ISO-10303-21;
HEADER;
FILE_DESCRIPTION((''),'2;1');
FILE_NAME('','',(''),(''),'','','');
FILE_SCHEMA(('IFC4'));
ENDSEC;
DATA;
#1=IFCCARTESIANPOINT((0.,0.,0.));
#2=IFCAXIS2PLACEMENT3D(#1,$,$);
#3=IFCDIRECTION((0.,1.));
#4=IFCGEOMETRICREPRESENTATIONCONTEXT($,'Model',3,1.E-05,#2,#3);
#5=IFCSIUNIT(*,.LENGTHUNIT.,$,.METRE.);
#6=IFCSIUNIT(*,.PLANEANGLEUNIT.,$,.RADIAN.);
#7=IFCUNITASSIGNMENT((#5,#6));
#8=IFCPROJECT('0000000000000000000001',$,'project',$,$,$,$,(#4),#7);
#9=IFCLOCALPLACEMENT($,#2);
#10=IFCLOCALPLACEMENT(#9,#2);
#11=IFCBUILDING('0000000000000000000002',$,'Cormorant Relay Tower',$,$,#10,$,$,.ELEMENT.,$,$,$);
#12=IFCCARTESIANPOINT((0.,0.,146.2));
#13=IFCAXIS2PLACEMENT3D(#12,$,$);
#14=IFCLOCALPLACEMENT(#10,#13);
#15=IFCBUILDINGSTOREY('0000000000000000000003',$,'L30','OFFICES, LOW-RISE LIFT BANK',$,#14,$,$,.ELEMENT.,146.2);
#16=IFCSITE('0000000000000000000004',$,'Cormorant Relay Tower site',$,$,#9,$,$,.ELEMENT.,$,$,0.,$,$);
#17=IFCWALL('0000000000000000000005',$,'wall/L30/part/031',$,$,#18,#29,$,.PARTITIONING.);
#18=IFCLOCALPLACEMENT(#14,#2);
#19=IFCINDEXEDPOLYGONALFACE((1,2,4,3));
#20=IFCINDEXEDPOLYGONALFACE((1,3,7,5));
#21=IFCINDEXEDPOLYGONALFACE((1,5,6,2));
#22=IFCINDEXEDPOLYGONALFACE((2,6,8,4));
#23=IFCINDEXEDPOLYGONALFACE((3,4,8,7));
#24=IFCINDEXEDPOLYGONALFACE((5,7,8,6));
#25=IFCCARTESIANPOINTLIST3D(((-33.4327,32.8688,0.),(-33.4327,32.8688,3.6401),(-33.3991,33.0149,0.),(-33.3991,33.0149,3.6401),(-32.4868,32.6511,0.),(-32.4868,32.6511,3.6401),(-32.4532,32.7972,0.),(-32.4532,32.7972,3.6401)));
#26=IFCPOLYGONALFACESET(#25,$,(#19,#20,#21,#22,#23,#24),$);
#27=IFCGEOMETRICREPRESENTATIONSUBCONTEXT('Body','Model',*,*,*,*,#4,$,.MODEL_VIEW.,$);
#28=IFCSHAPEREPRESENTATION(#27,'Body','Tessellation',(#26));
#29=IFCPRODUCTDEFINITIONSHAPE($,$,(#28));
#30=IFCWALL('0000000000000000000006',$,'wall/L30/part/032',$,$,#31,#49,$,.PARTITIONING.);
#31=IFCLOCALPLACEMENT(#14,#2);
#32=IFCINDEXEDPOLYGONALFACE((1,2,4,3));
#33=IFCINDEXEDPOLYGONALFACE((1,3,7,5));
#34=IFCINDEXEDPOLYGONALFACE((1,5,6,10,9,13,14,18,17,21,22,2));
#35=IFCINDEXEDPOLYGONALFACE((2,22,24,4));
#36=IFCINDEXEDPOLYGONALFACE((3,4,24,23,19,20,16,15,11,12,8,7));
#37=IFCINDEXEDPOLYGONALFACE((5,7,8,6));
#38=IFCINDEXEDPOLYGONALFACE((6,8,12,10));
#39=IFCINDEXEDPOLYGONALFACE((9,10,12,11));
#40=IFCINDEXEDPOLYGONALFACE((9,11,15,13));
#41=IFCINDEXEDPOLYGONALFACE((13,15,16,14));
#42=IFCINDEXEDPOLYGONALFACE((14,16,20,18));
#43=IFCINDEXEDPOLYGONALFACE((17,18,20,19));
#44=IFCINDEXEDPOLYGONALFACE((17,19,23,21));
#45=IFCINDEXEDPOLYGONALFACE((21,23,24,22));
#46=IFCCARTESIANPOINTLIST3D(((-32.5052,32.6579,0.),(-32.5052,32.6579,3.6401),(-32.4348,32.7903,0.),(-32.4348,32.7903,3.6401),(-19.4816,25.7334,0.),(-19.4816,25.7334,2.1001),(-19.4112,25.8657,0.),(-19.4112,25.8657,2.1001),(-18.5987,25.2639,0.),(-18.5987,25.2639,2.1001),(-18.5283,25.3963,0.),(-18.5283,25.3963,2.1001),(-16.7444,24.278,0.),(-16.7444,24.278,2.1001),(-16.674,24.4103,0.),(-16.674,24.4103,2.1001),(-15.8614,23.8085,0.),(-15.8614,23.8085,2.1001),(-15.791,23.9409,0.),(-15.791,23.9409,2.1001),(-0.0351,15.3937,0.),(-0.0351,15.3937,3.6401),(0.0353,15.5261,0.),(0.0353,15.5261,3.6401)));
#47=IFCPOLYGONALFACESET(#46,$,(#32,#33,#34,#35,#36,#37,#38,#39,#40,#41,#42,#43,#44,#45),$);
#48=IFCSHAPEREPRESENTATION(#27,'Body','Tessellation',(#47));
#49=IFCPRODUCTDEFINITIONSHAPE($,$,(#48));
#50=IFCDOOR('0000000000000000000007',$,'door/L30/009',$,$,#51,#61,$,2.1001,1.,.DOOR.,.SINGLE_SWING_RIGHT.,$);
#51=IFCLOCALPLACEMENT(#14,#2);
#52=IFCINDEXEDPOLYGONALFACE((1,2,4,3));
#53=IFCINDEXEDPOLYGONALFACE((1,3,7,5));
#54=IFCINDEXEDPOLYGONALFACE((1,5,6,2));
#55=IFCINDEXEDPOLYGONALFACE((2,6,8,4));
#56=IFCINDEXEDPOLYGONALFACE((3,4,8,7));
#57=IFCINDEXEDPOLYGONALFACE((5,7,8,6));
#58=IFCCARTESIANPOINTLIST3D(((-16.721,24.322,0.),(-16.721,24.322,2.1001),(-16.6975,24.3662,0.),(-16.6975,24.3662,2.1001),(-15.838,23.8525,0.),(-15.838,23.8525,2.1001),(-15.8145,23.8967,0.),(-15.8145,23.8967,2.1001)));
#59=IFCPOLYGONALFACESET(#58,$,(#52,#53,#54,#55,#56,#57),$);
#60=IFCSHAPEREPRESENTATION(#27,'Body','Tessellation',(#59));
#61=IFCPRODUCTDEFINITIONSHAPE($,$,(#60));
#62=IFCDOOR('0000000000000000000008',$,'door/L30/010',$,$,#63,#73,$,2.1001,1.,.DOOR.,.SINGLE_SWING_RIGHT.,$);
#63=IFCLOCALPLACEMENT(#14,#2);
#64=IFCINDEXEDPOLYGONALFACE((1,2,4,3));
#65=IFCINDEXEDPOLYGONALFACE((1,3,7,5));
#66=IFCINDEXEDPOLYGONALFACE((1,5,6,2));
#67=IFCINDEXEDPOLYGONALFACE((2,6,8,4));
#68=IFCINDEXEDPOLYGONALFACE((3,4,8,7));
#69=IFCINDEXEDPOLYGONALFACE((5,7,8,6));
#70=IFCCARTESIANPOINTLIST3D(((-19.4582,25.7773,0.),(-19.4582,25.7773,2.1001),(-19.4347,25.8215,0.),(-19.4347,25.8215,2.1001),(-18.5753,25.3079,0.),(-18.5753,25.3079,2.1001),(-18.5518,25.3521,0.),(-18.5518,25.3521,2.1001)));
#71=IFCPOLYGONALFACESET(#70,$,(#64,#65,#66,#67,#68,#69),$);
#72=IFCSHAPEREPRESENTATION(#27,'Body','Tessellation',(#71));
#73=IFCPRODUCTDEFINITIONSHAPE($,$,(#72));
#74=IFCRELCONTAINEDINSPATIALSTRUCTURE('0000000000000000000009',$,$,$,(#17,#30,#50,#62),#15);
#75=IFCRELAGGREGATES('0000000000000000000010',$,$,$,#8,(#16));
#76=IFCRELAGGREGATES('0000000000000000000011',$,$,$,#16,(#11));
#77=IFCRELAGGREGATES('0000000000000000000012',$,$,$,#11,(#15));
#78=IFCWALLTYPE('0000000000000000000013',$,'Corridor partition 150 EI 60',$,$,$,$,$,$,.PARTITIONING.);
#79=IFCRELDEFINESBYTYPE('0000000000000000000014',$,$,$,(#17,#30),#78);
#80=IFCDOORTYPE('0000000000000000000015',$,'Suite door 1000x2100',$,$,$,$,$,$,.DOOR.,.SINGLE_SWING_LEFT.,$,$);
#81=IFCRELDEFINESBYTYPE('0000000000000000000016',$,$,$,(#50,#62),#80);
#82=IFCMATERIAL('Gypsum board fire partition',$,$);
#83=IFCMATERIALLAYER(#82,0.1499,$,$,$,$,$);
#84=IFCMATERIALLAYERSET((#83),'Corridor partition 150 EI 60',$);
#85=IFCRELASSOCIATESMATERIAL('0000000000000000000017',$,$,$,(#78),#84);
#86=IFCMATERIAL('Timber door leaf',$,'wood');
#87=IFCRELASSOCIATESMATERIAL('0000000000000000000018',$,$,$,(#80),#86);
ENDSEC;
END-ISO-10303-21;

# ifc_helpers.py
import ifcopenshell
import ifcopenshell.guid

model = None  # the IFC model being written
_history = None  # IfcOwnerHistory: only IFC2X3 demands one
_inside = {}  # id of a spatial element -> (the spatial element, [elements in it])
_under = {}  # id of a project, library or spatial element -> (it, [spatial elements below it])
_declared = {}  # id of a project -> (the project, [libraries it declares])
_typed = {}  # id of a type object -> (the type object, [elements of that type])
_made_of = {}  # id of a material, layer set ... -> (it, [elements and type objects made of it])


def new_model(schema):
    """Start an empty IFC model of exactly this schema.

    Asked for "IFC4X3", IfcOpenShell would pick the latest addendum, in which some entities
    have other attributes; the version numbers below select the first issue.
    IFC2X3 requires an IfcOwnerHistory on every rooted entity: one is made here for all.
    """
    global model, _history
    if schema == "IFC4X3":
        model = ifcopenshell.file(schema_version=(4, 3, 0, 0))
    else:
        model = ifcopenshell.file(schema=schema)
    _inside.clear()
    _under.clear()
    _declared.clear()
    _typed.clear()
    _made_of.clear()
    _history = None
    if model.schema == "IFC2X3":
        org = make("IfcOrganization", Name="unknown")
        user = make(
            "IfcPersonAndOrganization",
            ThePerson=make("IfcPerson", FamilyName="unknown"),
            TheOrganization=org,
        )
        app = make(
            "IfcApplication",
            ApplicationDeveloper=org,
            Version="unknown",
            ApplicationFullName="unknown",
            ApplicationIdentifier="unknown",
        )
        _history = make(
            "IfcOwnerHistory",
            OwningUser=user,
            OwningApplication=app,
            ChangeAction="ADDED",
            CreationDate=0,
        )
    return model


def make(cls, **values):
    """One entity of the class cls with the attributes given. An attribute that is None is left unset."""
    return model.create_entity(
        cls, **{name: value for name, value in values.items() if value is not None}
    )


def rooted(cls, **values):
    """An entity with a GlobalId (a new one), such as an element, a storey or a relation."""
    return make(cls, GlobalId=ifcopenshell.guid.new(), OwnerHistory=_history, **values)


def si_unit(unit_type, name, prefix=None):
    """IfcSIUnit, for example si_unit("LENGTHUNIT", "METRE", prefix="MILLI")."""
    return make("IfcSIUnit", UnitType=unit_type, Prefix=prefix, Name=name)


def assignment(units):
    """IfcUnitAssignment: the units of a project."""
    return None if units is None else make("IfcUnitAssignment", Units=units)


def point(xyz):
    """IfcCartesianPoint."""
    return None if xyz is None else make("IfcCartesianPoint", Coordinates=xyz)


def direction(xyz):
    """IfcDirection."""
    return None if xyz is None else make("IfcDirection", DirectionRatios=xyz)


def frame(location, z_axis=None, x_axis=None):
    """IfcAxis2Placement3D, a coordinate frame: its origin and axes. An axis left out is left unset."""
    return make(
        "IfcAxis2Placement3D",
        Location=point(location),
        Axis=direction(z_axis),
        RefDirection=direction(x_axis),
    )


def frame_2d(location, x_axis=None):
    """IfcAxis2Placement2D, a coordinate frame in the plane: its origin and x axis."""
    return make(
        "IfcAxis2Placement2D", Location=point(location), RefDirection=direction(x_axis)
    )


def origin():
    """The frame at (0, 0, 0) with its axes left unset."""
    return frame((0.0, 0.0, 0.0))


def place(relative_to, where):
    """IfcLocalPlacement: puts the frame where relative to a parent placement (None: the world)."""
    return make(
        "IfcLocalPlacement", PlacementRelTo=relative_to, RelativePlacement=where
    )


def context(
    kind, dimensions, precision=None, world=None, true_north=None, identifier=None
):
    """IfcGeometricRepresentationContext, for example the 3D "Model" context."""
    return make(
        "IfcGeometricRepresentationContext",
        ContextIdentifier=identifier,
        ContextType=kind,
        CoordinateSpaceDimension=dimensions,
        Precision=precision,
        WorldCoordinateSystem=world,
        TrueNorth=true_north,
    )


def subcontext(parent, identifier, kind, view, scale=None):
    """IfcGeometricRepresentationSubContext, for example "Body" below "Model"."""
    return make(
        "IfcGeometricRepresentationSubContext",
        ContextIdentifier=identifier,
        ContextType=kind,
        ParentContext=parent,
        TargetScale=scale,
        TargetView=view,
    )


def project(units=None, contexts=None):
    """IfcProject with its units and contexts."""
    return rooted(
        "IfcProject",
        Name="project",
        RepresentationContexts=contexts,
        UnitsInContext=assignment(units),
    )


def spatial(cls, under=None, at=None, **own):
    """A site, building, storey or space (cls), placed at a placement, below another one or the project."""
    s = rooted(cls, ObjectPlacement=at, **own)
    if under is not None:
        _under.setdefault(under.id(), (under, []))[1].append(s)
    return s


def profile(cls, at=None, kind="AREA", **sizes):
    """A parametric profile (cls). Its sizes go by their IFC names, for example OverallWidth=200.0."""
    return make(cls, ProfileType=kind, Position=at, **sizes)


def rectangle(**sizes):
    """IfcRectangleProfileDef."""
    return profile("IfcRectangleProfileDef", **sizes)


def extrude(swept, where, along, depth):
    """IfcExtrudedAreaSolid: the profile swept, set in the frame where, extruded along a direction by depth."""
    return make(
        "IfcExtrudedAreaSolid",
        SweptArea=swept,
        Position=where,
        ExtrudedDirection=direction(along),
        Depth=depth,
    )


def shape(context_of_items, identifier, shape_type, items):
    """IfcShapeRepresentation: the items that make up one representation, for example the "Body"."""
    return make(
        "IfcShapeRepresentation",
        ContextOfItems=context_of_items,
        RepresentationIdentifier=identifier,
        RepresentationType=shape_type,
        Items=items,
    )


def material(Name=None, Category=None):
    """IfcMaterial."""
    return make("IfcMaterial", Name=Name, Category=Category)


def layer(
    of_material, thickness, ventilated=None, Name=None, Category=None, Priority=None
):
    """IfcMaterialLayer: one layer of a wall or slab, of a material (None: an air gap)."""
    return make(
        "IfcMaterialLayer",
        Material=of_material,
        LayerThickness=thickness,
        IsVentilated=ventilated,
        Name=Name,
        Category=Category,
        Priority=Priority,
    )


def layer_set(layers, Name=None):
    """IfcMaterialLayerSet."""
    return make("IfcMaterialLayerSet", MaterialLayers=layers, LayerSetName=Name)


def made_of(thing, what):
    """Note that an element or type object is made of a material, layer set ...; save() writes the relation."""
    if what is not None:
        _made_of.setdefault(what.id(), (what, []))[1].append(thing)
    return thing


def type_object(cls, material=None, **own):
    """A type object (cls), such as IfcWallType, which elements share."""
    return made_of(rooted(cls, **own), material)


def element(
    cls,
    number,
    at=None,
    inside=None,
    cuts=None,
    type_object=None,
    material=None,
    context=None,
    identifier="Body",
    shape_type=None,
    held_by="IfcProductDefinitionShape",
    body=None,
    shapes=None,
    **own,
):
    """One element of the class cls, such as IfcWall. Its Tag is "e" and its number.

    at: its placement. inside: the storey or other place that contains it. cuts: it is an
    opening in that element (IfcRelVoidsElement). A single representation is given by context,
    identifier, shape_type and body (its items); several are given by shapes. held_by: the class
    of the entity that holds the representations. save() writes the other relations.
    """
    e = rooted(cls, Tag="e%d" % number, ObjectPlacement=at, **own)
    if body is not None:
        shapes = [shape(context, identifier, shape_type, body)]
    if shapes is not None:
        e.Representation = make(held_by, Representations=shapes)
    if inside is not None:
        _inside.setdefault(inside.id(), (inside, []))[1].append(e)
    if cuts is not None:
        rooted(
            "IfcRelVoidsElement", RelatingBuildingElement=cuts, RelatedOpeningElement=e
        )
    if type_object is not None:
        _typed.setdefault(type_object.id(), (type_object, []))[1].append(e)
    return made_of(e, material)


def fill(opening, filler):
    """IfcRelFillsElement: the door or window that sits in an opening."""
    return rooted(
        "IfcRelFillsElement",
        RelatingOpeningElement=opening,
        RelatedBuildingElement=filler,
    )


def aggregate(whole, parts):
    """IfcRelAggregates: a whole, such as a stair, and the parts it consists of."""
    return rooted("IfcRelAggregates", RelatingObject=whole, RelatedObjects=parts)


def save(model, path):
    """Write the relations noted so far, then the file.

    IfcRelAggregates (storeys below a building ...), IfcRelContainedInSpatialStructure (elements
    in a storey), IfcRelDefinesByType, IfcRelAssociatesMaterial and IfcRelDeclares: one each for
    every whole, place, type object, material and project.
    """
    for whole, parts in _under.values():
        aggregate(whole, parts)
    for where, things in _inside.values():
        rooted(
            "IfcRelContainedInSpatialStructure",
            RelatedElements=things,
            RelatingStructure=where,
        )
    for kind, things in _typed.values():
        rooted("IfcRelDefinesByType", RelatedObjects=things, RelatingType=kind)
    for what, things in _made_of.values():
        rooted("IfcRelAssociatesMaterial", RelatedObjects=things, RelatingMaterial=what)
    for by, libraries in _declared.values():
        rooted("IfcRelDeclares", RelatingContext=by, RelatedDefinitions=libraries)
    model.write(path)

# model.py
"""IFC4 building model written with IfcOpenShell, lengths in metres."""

from ifc_helpers import new_model, si_unit, direction, frame, frame_2d, origin, place, context, subcontext, project, spatial, rectangle, extrude, material, layer, layer_set, type_object, element, fill, save


model = new_model("IFC4")

# Units and contexts
model_context = context("Model", 3, precision=1e-05, world=origin(), true_north=direction((0.0, 1.0)))
body_context = subcontext(model_context, "Body", "Model", "MODEL_VIEW")
ifc_project = project(units=[si_unit("LENGTHUNIT", "METRE"), si_unit("PLANEANGLEUNIT", "RADIAN")], contexts=[model_context])

# Site, building, storey
site_placement = place(None, origin())
site = spatial("IfcSite", under=ifc_project, at=site_placement, Name="Cormorant Relay Tower site", CompositionType="ELEMENT", RefElevation=0.0)
building_placement = place(site_placement, origin())
building = spatial("IfcBuilding", under=site, at=building_placement, Name="Cormorant Relay Tower", CompositionType="ELEMENT")
storey_placement = place(building_placement, frame((0.0, 0.0, 146.2)))
storey = spatial("IfcBuildingStorey", under=building, at=storey_placement, Name="L30", Description="OFFICES, LOW-RISE LIFT BANK", CompositionType="ELEMENT", Elevation=146.2)

# Wall
ifc_material_1 = material(Name="Gypsum board fire partition")
ifc_layer_1 = layer(ifc_material_1, 0.1499)
ifc_layer_set_1 = layer_set([ifc_layer_1], Name="Corridor partition 150 EI 60")
wall_type_1 = type_object("IfcWallType", Name="Corridor partition 150 EI 60", PredefinedType="PARTITIONING", material=ifc_layer_set_1)
wall_1_placement = place(storey_placement, frame((-32.47, 32.7241, 0.0), z_axis=(0.0, 0.0, 1.0), x_axis=(-0.974514, 0.224327, 0.0)))
element("IfcWall", 1, at=wall_1_placement, inside=storey, type_object=wall_type_1, Name="wall/L30/part/031", PredefinedType="PARTITIONING", context=body_context, shape_type="SweptSolid", body=[
    extrude(rectangle(XDim=0.9707, YDim=0.1499, at=frame_2d((0.4854, 0.0))), origin(), (0.0, 0.0, 1.0), 3.6401),
])

# Wall, openings, doors
wall_2_placement = place(storey_placement, frame((-32.47, 32.7241, 0.0), z_axis=(0.0, 0.0, 1.0), x_axis=(0.882952, -0.469462, 0.0)))
wall_2 = element("IfcWall", 2, at=wall_2_placement, inside=storey, type_object=wall_type_1, Name="wall/L30/part/032", PredefinedType="PARTITIONING", context=body_context, shape_type="SweptSolid", body=[
    extrude(rectangle(XDim=36.7744, YDim=0.1499, at=frame_2d((18.3872, 0.0))), origin(), (0.0, 0.0, 1.0), 3.6401),
])
opening_1_placement = place(wall_2_placement, frame((17.8501, 0.0, 0.0)))
opening_1 = element("IfcOpeningElement", 3, at=opening_1_placement, cuts=wall_2, PredefinedType="OPENING", context=body_context, shape_type="SweptSolid", body=[
    extrude(rectangle(XDim=1.0, YDim=2.1001, at=frame_2d((0.5, 1.05))), frame((0.0, 0.085, 0.0), z_axis=(0.0, -1.0, 0.0), x_axis=(1.0, 0.0, 0.0)), (0.0, 0.0, 1.0), 0.1699),
])
opening_2_placement = place(wall_2_placement, frame((14.75, 0.0, 0.0)))
opening_2 = element("IfcOpeningElement", 4, at=opening_2_placement, cuts=wall_2, PredefinedType="OPENING", context=body_context, shape_type="SweptSolid", body=[
    extrude(rectangle(XDim=1.0, YDim=2.1001, at=frame_2d((0.5, 1.05))), frame((0.0, 0.085, 0.0), z_axis=(0.0, -1.0, 0.0), x_axis=(1.0, 0.0, 0.0)), (0.0, 0.0, 1.0), 0.1699),
])
ifc_material_2 = material(Name="Timber door leaf", Category="wood")
door_type_1 = type_object("IfcDoorType", Name="Suite door 1000x2100", OperationType="SINGLE_SWING_LEFT", PredefinedType="DOOR", material=ifc_material_2)
door_1_placement = place(opening_1_placement, origin())
door_1 = element("IfcDoor", 5, at=door_1_placement, inside=storey, type_object=door_type_1, Name="door/L30/009", OperationType="SINGLE_SWING_RIGHT", OverallHeight=2.1001, OverallWidth=1.0, PredefinedType="DOOR", context=body_context, shape_type="SweptSolid", body=[
    extrude(rectangle(XDim=1.0, YDim=2.1001, at=frame_2d((0.5, 1.05))), frame((0.0, 0.0249, 0.0), z_axis=(0.0, -1.0, 0.0), x_axis=(1.0, 0.0, 0.0)), (0.0, 0.0, 1.0), 0.05),
])
fill(opening_1, door_1)
door_2_placement = place(opening_2_placement, origin())
door_2 = element("IfcDoor", 6, at=door_2_placement, inside=storey, type_object=door_type_1, Name="door/L30/010", OperationType="SINGLE_SWING_RIGHT", OverallHeight=2.1001, OverallWidth=1.0, PredefinedType="DOOR", context=body_context, shape_type="SweptSolid", body=[
    extrude(rectangle(XDim=1.0, YDim=2.1001, at=frame_2d((0.5, 1.05))), frame((0.0, 0.0249, 0.0), z_axis=(0.0, -1.0, 0.0), x_axis=(1.0, 0.0, 0.0)), (0.0, 0.0, 1.0), 0.05),
])
fill(opening_2, door_2)

save(model, "model.ifc")
